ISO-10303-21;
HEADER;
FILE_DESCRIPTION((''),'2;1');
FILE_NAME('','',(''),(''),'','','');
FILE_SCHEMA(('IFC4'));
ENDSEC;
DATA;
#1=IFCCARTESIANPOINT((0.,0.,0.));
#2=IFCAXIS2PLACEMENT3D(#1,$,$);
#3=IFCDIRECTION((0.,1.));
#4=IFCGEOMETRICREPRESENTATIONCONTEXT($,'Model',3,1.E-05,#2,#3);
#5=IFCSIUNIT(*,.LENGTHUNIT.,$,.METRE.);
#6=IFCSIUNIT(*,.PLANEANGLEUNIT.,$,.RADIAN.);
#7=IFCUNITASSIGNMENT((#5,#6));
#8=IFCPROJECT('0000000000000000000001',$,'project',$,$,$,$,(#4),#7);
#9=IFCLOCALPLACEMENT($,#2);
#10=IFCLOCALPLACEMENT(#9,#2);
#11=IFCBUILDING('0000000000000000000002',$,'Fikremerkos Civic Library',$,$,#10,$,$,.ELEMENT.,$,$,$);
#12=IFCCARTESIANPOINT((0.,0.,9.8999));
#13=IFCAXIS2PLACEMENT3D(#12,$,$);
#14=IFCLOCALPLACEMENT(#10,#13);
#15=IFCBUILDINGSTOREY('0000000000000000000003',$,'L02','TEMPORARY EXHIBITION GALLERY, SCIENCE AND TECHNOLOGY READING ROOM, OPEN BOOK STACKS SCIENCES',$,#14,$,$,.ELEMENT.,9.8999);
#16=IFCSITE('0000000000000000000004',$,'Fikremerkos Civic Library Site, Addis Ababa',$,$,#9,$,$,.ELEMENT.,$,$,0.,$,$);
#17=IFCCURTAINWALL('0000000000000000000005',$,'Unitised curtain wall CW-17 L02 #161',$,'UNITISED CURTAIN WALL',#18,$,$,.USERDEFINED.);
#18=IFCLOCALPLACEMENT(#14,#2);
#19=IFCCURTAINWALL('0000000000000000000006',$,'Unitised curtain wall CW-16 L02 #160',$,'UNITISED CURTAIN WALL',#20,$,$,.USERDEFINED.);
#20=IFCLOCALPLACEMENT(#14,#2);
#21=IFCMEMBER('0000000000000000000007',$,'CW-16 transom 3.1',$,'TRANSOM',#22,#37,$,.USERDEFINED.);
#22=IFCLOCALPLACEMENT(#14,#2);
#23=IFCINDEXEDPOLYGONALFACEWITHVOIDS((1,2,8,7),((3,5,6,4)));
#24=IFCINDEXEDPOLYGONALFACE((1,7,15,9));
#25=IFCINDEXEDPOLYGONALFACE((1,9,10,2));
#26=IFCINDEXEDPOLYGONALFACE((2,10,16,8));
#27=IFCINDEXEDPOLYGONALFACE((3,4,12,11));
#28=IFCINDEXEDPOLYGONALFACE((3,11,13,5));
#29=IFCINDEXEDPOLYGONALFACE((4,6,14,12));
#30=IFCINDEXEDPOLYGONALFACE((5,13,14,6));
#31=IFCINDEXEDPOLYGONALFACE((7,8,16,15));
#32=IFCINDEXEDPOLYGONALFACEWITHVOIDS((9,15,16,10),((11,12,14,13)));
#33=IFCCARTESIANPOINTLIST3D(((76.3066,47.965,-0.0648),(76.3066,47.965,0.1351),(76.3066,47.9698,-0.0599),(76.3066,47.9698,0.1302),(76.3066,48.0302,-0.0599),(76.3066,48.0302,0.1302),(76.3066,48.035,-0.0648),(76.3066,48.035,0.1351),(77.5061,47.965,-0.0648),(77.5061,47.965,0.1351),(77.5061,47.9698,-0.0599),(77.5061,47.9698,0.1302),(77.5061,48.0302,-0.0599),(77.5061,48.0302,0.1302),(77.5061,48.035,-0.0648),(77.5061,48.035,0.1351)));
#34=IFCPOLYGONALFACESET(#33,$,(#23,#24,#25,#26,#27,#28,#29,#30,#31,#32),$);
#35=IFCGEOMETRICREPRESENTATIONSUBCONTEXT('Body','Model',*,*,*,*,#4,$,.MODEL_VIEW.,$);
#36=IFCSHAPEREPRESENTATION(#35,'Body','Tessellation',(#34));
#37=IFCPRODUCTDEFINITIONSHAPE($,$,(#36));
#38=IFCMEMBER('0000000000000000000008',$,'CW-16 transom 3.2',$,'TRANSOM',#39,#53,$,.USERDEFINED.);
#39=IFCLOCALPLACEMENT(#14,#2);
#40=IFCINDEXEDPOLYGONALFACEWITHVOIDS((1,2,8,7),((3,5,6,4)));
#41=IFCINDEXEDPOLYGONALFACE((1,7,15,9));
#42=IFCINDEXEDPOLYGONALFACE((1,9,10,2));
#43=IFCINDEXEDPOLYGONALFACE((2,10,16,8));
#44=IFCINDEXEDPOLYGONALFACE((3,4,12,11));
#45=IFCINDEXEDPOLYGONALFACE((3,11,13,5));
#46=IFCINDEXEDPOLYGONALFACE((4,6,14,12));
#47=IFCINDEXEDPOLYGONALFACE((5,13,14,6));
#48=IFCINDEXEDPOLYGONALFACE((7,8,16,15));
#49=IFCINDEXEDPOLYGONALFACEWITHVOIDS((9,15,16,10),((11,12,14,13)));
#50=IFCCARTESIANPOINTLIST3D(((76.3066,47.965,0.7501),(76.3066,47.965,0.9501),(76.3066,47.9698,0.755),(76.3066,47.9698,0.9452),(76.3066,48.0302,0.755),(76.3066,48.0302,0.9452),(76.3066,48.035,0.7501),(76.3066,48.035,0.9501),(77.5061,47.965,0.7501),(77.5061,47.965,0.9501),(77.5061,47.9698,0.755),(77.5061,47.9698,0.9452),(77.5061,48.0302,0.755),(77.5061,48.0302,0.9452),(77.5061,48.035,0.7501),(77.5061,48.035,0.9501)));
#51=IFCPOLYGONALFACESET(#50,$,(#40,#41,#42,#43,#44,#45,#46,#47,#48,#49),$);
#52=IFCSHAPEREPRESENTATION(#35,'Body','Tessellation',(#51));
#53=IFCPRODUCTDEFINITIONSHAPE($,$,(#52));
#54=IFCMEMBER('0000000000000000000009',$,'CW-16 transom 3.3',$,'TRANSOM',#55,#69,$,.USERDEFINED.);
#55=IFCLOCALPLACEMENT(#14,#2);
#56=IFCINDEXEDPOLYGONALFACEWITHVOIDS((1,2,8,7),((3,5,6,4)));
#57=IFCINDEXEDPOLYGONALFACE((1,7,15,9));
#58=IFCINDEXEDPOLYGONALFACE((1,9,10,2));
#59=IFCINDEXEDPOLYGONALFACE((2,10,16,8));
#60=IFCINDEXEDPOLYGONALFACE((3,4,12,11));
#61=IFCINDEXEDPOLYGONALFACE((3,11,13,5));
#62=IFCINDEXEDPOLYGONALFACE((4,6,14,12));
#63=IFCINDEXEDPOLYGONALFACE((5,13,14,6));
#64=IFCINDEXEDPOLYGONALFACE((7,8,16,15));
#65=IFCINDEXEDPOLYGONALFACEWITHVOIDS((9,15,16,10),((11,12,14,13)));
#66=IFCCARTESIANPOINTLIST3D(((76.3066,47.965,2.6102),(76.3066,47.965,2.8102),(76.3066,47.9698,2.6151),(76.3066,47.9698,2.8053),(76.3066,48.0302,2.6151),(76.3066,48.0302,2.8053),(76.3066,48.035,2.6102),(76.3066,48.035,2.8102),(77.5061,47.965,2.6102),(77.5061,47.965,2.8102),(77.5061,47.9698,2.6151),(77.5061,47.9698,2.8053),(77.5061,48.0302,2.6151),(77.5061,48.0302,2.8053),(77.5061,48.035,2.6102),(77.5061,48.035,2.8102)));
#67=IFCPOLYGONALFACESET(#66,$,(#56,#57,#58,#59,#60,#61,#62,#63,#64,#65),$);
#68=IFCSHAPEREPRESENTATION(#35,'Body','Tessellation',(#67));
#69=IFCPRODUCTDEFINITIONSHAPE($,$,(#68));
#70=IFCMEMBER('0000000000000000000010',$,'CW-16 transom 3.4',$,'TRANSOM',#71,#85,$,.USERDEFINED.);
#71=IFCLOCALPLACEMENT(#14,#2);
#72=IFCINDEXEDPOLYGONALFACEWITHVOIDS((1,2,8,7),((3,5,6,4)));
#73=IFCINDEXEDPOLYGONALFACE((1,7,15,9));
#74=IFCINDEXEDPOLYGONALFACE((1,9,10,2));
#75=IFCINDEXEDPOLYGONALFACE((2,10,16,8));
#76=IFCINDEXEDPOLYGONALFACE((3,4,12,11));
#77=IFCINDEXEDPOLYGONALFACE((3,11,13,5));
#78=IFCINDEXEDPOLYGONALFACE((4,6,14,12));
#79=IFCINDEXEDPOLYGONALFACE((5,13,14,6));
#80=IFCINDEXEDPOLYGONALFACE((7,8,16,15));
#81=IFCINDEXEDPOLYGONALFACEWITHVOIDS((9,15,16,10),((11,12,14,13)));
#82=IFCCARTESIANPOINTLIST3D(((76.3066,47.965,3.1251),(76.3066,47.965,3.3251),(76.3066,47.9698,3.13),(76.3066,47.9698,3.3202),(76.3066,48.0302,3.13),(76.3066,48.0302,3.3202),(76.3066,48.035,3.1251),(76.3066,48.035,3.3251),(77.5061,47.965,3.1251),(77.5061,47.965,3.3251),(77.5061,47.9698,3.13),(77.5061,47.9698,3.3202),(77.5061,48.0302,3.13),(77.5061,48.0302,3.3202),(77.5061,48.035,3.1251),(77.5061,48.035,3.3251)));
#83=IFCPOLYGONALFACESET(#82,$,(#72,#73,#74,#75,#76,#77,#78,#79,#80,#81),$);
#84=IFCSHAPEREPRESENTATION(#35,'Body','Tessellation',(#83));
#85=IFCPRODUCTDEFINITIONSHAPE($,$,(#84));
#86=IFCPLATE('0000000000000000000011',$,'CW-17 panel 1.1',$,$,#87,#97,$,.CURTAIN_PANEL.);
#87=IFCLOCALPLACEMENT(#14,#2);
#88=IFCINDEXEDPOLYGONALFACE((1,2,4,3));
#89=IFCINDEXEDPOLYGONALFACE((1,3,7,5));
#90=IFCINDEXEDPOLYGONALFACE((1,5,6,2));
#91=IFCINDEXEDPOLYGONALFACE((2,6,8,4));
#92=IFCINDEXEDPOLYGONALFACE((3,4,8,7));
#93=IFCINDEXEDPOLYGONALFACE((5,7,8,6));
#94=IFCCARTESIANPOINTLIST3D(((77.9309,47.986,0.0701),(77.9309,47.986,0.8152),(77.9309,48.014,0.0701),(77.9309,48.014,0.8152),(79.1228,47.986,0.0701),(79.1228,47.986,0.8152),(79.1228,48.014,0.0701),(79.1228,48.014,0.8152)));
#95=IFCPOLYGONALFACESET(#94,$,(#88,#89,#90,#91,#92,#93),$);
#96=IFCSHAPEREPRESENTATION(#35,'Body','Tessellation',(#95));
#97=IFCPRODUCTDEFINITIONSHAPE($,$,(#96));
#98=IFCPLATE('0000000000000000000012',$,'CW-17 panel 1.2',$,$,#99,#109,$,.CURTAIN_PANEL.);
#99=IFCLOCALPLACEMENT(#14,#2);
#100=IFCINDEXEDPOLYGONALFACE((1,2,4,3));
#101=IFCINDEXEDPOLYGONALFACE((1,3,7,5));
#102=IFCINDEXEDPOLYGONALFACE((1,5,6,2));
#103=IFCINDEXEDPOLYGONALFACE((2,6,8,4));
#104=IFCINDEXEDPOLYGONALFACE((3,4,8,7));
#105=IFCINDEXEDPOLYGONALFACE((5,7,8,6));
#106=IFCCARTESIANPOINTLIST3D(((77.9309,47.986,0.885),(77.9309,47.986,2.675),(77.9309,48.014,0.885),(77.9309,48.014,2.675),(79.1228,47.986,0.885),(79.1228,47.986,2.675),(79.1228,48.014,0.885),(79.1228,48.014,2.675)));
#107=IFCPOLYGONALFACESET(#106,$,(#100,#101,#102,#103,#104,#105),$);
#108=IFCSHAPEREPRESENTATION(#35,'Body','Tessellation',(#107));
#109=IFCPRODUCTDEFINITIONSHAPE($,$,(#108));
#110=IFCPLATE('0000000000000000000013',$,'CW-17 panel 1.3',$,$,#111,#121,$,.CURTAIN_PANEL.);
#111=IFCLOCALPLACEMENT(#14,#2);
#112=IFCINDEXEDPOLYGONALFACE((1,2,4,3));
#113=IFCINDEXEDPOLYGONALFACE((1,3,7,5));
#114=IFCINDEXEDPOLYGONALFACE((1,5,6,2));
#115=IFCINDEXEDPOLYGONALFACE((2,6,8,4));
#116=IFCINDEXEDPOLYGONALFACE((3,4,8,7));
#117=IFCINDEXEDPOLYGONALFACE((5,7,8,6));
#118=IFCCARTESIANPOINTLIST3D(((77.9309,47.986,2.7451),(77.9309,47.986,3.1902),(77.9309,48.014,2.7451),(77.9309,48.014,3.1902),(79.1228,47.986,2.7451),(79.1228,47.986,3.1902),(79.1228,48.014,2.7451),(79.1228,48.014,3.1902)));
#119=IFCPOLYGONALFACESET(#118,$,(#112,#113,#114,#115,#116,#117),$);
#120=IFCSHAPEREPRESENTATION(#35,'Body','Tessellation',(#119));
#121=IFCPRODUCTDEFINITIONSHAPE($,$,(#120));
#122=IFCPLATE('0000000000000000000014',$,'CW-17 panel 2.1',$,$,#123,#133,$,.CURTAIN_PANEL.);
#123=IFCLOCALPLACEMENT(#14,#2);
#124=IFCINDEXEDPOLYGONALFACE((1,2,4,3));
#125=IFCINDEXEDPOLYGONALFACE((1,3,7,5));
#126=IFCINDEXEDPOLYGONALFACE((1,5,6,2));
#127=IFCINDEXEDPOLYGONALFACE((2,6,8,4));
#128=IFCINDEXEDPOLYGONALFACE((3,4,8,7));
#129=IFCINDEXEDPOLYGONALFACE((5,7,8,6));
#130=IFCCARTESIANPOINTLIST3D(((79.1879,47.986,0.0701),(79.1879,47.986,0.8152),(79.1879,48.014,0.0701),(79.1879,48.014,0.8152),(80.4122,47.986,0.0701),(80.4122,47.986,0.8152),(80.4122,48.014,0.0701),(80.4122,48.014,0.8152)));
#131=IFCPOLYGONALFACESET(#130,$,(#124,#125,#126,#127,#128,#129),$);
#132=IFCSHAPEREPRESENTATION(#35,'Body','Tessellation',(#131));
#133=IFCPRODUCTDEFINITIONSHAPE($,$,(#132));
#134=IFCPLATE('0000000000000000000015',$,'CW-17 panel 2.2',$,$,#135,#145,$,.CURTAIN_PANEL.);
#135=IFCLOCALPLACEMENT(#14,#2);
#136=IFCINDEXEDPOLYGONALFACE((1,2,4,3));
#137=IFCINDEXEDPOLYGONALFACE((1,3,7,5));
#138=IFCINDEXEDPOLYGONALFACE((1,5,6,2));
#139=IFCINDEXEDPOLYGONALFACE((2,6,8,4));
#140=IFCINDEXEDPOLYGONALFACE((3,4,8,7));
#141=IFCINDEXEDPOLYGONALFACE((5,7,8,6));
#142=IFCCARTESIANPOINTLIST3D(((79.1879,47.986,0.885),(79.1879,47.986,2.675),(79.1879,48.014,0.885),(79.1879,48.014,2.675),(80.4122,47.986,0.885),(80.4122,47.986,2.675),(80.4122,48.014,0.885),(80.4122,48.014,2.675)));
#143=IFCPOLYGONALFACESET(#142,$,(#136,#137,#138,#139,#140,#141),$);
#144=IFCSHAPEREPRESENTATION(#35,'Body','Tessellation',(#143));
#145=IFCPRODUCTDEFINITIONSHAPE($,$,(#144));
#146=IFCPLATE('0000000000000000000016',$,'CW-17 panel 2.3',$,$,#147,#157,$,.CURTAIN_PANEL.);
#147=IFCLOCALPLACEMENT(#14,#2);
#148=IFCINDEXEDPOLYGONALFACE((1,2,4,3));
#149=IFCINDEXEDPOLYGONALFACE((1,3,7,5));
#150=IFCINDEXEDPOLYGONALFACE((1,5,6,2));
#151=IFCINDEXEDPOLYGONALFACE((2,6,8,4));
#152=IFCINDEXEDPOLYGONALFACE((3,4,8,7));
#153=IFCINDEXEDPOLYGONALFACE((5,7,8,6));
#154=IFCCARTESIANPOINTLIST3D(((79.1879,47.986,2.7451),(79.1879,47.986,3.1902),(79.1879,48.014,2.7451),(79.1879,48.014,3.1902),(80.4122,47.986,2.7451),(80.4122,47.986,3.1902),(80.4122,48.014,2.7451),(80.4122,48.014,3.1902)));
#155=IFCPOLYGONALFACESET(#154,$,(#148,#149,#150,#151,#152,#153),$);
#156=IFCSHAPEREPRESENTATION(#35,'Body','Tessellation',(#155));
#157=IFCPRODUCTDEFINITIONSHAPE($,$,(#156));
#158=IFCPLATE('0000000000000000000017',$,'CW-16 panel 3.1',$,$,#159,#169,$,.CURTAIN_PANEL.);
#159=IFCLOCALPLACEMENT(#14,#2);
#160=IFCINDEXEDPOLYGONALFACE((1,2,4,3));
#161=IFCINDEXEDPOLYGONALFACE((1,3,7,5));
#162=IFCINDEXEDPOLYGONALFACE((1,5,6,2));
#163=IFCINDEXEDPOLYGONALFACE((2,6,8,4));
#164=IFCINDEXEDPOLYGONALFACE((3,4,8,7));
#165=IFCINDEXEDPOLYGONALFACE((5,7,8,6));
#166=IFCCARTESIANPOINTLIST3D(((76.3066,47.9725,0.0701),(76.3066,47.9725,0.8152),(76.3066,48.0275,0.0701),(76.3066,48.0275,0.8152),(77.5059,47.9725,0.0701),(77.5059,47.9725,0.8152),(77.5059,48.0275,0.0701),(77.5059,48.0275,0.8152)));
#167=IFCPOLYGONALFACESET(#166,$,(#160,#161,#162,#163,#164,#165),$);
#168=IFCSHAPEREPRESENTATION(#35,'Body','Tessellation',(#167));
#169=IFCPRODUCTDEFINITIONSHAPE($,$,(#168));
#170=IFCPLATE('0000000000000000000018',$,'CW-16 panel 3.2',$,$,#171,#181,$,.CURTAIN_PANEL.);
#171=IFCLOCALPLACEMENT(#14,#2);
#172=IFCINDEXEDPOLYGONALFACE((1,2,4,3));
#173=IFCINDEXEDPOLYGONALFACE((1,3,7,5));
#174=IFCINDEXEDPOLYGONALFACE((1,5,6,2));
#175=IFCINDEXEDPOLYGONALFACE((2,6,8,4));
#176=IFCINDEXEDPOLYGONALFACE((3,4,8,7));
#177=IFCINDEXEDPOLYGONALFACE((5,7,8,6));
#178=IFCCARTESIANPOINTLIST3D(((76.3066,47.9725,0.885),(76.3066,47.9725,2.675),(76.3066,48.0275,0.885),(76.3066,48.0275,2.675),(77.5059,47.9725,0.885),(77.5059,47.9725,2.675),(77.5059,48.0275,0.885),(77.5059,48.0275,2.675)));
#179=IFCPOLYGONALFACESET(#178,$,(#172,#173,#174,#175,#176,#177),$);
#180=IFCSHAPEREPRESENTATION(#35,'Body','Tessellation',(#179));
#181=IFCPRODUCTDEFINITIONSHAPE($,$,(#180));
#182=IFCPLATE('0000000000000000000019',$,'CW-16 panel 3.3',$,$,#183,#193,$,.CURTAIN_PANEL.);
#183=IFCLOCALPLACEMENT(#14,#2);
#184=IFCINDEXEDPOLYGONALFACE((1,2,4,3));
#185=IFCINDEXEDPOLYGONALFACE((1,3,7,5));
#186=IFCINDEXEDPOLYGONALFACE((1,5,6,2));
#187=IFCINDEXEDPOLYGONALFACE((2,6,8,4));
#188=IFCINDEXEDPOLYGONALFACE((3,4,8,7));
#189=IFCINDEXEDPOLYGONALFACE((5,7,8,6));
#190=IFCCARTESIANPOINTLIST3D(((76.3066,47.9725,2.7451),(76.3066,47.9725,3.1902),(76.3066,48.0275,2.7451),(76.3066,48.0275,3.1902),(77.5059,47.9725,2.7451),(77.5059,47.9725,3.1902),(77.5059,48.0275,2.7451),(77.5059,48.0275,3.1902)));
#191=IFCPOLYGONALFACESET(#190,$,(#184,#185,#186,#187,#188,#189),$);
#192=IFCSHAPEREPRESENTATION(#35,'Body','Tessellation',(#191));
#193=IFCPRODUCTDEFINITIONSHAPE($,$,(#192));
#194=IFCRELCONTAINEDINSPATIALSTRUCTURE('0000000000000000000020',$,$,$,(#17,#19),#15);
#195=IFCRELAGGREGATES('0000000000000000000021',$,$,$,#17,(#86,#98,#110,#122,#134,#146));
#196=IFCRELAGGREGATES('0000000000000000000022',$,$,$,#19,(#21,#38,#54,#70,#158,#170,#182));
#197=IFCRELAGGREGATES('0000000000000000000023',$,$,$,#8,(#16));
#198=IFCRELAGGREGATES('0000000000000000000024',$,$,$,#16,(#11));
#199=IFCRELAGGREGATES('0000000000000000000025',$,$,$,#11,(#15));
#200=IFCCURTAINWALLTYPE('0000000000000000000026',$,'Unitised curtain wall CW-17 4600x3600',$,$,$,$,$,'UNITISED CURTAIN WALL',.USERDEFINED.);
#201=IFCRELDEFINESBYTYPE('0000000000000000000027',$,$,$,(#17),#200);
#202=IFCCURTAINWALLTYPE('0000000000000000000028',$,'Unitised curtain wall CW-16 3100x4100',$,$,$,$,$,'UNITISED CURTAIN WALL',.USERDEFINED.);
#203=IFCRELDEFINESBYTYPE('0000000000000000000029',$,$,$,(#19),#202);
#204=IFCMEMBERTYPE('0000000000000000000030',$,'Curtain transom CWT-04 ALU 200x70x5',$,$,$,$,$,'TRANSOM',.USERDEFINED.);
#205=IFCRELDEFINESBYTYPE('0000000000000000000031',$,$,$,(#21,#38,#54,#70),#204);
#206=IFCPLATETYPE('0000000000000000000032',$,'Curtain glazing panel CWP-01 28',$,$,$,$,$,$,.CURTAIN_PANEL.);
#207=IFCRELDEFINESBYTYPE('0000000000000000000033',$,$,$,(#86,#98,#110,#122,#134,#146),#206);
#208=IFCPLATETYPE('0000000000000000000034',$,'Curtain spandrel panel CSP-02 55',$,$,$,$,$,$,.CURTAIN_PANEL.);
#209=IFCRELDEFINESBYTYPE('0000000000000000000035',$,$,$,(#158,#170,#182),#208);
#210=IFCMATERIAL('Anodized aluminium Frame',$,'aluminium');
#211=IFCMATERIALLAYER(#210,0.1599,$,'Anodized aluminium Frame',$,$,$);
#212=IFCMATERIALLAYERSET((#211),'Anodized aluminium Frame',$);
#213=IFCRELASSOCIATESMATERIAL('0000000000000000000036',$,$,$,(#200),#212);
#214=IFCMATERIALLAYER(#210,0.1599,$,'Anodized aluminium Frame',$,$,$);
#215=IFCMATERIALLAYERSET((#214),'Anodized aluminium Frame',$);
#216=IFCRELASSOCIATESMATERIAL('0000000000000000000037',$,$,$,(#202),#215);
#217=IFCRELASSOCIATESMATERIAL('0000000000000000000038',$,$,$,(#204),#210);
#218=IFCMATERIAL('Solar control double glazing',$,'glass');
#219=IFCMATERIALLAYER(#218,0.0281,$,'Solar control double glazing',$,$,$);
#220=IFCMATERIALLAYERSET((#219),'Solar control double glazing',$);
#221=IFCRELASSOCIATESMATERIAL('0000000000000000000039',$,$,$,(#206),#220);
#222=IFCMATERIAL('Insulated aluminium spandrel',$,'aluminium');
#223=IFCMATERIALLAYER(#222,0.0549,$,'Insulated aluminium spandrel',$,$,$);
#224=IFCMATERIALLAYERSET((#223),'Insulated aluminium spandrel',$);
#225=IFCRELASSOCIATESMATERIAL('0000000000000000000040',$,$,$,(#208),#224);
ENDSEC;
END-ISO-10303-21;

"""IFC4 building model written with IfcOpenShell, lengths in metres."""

from ifc_helpers import new_model, si_unit, direction, frame, origin, origin_2d, place, context, subcontext, project, spatial, rectangle, hollow_rectangle, extrude, material, layer, layer_set, material_profile, profile_set, type_object, element, aggregate, save


model = new_model("IFC4")

# Units and contexts
model_context = context("Model", 3, precision=1e-05, world=origin(), true_north=direction((0.0, 1.0)))
body_context = subcontext(model_context, "Body", "Model", "MODEL_VIEW")
ifc_project = project(units=[si_unit("LENGTHUNIT", "METRE"), si_unit("PLANEANGLEUNIT", "RADIAN")], contexts=[model_context])

# Site, building, storey
site_placement = place(None, origin())
site = spatial("IfcSite", under=ifc_project, at=site_placement, Name="Fikremerkos Civic Library Site, Addis Ababa", CompositionType="ELEMENT", RefElevation=0.0)
building_placement = place(site_placement, origin())
building = spatial("IfcBuilding", under=site, at=building_placement, Name="Fikremerkos Civic Library", CompositionType="ELEMENT")
storey_placement = place(building_placement, frame((0.0, 0.0, 9.8999)))
storey = spatial("IfcBuildingStorey", under=building, at=storey_placement, Name="L02", Description="TEMPORARY EXHIBITION GALLERY, SCIENCE AND TECHNOLOGY READING ROOM, OPEN BOOK STACKS SCIENCES", CompositionType="ELEMENT", Elevation=9.8999)

# Curtain wall
ifc_material_1 = material(Name="Anodized aluminium Frame", Category="aluminium")
ifc_layer_1 = layer(ifc_material_1, 0.1599, Name="Anodized aluminium Frame")
ifc_layer_set_1 = layer_set([ifc_layer_1], Name="Anodized aluminium Frame")
curtain_wall_type_1 = type_object("IfcCurtainWallType", Name="Unitised curtain wall CW-17 4600x3600", ElementType="UNITISED CURTAIN WALL", PredefinedType="USERDEFINED", material=ifc_layer_set_1)
curtain_wall_1_placement = place(storey_placement, origin())
curtain_wall_1 = element("IfcCurtainWall", 1, at=curtain_wall_1_placement, inside=storey, type_object=curtain_wall_type_1, Name="Unitised curtain wall CW-17 L02 #161", ObjectType="UNITISED CURTAIN WALL", PredefinedType="USERDEFINED")

# Curtain wall
ifc_layer_2 = layer(ifc_material_1, 0.1599, Name="Anodized aluminium Frame")
ifc_layer_set_2 = layer_set([ifc_layer_2], Name="Anodized aluminium Frame")
curtain_wall_type_2 = type_object("IfcCurtainWallType", Name="Unitised curtain wall CW-16 3100x4100", ElementType="UNITISED CURTAIN WALL", PredefinedType="USERDEFINED", material=ifc_layer_set_2)
curtain_wall_2_placement = place(storey_placement, origin())
curtain_wall_2 = element("IfcCurtainWall", 2, at=curtain_wall_2_placement, inside=storey, type_object=curtain_wall_type_2, Name="Unitised curtain wall CW-16 L02 #160", ObjectType="UNITISED CURTAIN WALL", PredefinedType="USERDEFINED")

# Members
ifc_material_profile_1 = material_profile(ifc_material_1, hollow_rectangle(XDim=0.0701, YDim=0.2, WallThickness=0.0049, at=origin_2d()), Name="ALU 200x70x5")
ifc_profile_set_1 = profile_set([ifc_material_profile_1], Name="Anodized aluminium Frame")
member_type_1 = type_object("IfcMemberType", Name="Curtain transom CWT-04 ALU 200x70x5", ElementType="TRANSOM", PredefinedType="USERDEFINED", material=ifc_profile_set_1)
member_1_placement = place(storey_placement, frame((76.3066, 48.0, 0.0352), z_axis=(1.0, 0.0, 0.0), x_axis=(0.0, 1.0, 0.0)))
member_1 = element("IfcMember", 3, at=member_1_placement, type_object=member_type_1, Name="CW-16 transom 3.1", ObjectType="TRANSOM", PredefinedType="USERDEFINED", context=body_context, shape_type="SweptSolid", body=[
    extrude(hollow_rectangle(XDim=0.0701, YDim=0.2, WallThickness=0.0049, at=origin_2d()), origin(), (0.0, 0.0, 1.0), 1.1995),
])
member_2_placement = place(storey_placement, frame((76.3066, 48.0, 0.8501), z_axis=(1.0, 0.0, 0.0), x_axis=(0.0, 1.0, 0.0)))
member_2 = element("IfcMember", 4, at=member_2_placement, type_object=member_type_1, Name="CW-16 transom 3.2", ObjectType="TRANSOM", PredefinedType="USERDEFINED", context=body_context, shape_type="SweptSolid", body=[
    extrude(hollow_rectangle(XDim=0.0701, YDim=0.2, WallThickness=0.0049, at=origin_2d()), origin(), (0.0, 0.0, 1.0), 1.1995),
])
member_3_placement = place(storey_placement, frame((76.3066, 48.0, 2.7102), z_axis=(1.0, 0.0, 0.0), x_axis=(0.0, 1.0, 0.0)))
member_3 = element("IfcMember", 5, at=member_3_placement, type_object=member_type_1, Name="CW-16 transom 3.3", ObjectType="TRANSOM", PredefinedType="USERDEFINED", context=body_context, shape_type="SweptSolid", body=[
    extrude(hollow_rectangle(XDim=0.0701, YDim=0.2, WallThickness=0.0049, at=origin_2d()), origin(), (0.0, 0.0, 1.0), 1.1995),
])
member_4_placement = place(storey_placement, frame((76.3066, 48.0, 3.2251), z_axis=(1.0, 0.0, 0.0), x_axis=(0.0, 1.0, 0.0)))
member_4 = element("IfcMember", 6, at=member_4_placement, type_object=member_type_1, Name="CW-16 transom 3.4", ObjectType="TRANSOM", PredefinedType="USERDEFINED", context=body_context, shape_type="SweptSolid", body=[
    extrude(hollow_rectangle(XDim=0.0701, YDim=0.2, WallThickness=0.0049, at=origin_2d()), origin(), (0.0, 0.0, 1.0), 1.1995),
])

# Plates
ifc_material_2 = material(Name="Solar control double glazing", Category="glass")
ifc_layer_3 = layer(ifc_material_2, 0.0281, Name="Solar control double glazing")
ifc_layer_set_3 = layer_set([ifc_layer_3], Name="Solar control double glazing")
plate_type_1 = type_object("IfcPlateType", Name="Curtain glazing panel CWP-01 28", PredefinedType="CURTAIN_PANEL", material=ifc_layer_set_3)
plate_1_placement = place(storey_placement, frame((78.5269, 48.0, 0.0701), z_axis=(0.0, 0.0, 1.0), x_axis=(1.0, 0.0, 0.0)))
plate_1 = element("IfcPlate", 7, at=plate_1_placement, type_object=plate_type_1, Name="CW-17 panel 1.1", PredefinedType="CURTAIN_PANEL", context=body_context, shape_type="SweptSolid", body=[
    extrude(rectangle(XDim=1.1919, YDim=0.0281, at=origin_2d()), origin(), (0.0, 0.0, 1.0), 0.7451),
])
plate_2_placement = place(storey_placement, frame((78.5269, 48.0, 0.885), z_axis=(0.0, 0.0, 1.0), x_axis=(1.0, 0.0, 0.0)))
plate_2 = element("IfcPlate", 8, at=plate_2_placement, type_object=plate_type_1, Name="CW-17 panel 1.2", PredefinedType="CURTAIN_PANEL", context=body_context, shape_type="SweptSolid", body=[
    extrude(rectangle(XDim=1.1919, YDim=0.0281, at=origin_2d()), origin(), (0.0, 0.0, 1.0), 1.79),
])
plate_3_placement = place(storey_placement, frame((78.5269, 48.0, 2.7451), z_axis=(0.0, 0.0, 1.0), x_axis=(1.0, 0.0, 0.0)))
plate_3 = element("IfcPlate", 9, at=plate_3_placement, type_object=plate_type_1, Name="CW-17 panel 1.3", PredefinedType="CURTAIN_PANEL", context=body_context, shape_type="SweptSolid", body=[
    extrude(rectangle(XDim=1.1919, YDim=0.0281, at=origin_2d()), origin(), (0.0, 0.0, 1.0), 0.4451),
])
plate_4_placement = place(storey_placement, frame((79.8, 48.0, 0.0701), z_axis=(0.0, 0.0, 1.0), x_axis=(1.0, 0.0, 0.0)))
plate_4 = element("IfcPlate", 10, at=plate_4_placement, type_object=plate_type_1, Name="CW-17 panel 2.1", PredefinedType="CURTAIN_PANEL", context=body_context, shape_type="SweptSolid", body=[
    extrude(rectangle(XDim=1.2244, YDim=0.0281, at=origin_2d()), origin(), (0.0, 0.0, 1.0), 0.7451),
])
plate_5_placement = place(storey_placement, frame((79.8, 48.0, 0.885), z_axis=(0.0, 0.0, 1.0), x_axis=(1.0, 0.0, 0.0)))
plate_5 = element("IfcPlate", 11, at=plate_5_placement, type_object=plate_type_1, Name="CW-17 panel 2.2", PredefinedType="CURTAIN_PANEL", context=body_context, shape_type="SweptSolid", body=[
    extrude(rectangle(XDim=1.2244, YDim=0.0281, at=origin_2d()), origin(), (0.0, 0.0, 1.0), 1.79),
])
plate_6_placement = place(storey_placement, frame((79.8, 48.0, 2.7451), z_axis=(0.0, 0.0, 1.0), x_axis=(1.0, 0.0, 0.0)))
plate_6 = element("IfcPlate", 12, at=plate_6_placement, type_object=plate_type_1, Name="CW-17 panel 2.3", PredefinedType="CURTAIN_PANEL", context=body_context, shape_type="SweptSolid", body=[
    extrude(rectangle(XDim=1.2244, YDim=0.0281, at=origin_2d()), origin(), (0.0, 0.0, 1.0), 0.4451),
])
aggregate(curtain_wall_1, [plate_1, plate_2, plate_3, plate_4, plate_5, plate_6])
ifc_material_3 = material(Name="Insulated aluminium spandrel", Category="aluminium")
ifc_layer_4 = layer(ifc_material_3, 0.0549, Name="Insulated aluminium spandrel")
ifc_layer_set_4 = layer_set([ifc_layer_4], Name="Insulated aluminium spandrel")
plate_type_2 = type_object("IfcPlateType", Name="Curtain spandrel panel CSP-02 55", PredefinedType="CURTAIN_PANEL", material=ifc_layer_set_4)
plate_7_placement = place(storey_placement, frame((76.9062, 48.0, 0.0701), z_axis=(0.0, 0.0, 1.0), x_axis=(1.0, 0.0, 0.0)))
plate_7 = element("IfcPlate", 13, at=plate_7_placement, type_object=plate_type_2, Name="CW-16 panel 3.1", PredefinedType="CURTAIN_PANEL", context=body_context, shape_type="SweptSolid", body=[
    extrude(rectangle(XDim=1.1992, YDim=0.0549, at=origin_2d()), origin(), (0.0, 0.0, 1.0), 0.7451),
])
plate_8_placement = place(storey_placement, frame((76.9062, 48.0, 0.885), z_axis=(0.0, 0.0, 1.0), x_axis=(1.0, 0.0, 0.0)))
plate_8 = element("IfcPlate", 14, at=plate_8_placement, type_object=plate_type_2, Name="CW-16 panel 3.2", PredefinedType="CURTAIN_PANEL", context=body_context, shape_type="SweptSolid", body=[
    extrude(rectangle(XDim=1.1992, YDim=0.0549, at=origin_2d()), origin(), (0.0, 0.0, 1.0), 1.79),
])
plate_9_placement = place(storey_placement, frame((76.9062, 48.0, 2.7451), z_axis=(0.0, 0.0, 1.0), x_axis=(1.0, 0.0, 0.0)))
plate_9 = element("IfcPlate", 15, at=plate_9_placement, type_object=plate_type_2, Name="CW-16 panel 3.3", PredefinedType="CURTAIN_PANEL", context=body_context, shape_type="SweptSolid", body=[
    extrude(rectangle(XDim=1.1992, YDim=0.0549, at=origin_2d()), origin(), (0.0, 0.0, 1.0), 0.4451),
])
aggregate(curtain_wall_2, [member_1, member_2, member_3, member_4, plate_7, plate_8, plate_9])

save(model, "model.ifc")
